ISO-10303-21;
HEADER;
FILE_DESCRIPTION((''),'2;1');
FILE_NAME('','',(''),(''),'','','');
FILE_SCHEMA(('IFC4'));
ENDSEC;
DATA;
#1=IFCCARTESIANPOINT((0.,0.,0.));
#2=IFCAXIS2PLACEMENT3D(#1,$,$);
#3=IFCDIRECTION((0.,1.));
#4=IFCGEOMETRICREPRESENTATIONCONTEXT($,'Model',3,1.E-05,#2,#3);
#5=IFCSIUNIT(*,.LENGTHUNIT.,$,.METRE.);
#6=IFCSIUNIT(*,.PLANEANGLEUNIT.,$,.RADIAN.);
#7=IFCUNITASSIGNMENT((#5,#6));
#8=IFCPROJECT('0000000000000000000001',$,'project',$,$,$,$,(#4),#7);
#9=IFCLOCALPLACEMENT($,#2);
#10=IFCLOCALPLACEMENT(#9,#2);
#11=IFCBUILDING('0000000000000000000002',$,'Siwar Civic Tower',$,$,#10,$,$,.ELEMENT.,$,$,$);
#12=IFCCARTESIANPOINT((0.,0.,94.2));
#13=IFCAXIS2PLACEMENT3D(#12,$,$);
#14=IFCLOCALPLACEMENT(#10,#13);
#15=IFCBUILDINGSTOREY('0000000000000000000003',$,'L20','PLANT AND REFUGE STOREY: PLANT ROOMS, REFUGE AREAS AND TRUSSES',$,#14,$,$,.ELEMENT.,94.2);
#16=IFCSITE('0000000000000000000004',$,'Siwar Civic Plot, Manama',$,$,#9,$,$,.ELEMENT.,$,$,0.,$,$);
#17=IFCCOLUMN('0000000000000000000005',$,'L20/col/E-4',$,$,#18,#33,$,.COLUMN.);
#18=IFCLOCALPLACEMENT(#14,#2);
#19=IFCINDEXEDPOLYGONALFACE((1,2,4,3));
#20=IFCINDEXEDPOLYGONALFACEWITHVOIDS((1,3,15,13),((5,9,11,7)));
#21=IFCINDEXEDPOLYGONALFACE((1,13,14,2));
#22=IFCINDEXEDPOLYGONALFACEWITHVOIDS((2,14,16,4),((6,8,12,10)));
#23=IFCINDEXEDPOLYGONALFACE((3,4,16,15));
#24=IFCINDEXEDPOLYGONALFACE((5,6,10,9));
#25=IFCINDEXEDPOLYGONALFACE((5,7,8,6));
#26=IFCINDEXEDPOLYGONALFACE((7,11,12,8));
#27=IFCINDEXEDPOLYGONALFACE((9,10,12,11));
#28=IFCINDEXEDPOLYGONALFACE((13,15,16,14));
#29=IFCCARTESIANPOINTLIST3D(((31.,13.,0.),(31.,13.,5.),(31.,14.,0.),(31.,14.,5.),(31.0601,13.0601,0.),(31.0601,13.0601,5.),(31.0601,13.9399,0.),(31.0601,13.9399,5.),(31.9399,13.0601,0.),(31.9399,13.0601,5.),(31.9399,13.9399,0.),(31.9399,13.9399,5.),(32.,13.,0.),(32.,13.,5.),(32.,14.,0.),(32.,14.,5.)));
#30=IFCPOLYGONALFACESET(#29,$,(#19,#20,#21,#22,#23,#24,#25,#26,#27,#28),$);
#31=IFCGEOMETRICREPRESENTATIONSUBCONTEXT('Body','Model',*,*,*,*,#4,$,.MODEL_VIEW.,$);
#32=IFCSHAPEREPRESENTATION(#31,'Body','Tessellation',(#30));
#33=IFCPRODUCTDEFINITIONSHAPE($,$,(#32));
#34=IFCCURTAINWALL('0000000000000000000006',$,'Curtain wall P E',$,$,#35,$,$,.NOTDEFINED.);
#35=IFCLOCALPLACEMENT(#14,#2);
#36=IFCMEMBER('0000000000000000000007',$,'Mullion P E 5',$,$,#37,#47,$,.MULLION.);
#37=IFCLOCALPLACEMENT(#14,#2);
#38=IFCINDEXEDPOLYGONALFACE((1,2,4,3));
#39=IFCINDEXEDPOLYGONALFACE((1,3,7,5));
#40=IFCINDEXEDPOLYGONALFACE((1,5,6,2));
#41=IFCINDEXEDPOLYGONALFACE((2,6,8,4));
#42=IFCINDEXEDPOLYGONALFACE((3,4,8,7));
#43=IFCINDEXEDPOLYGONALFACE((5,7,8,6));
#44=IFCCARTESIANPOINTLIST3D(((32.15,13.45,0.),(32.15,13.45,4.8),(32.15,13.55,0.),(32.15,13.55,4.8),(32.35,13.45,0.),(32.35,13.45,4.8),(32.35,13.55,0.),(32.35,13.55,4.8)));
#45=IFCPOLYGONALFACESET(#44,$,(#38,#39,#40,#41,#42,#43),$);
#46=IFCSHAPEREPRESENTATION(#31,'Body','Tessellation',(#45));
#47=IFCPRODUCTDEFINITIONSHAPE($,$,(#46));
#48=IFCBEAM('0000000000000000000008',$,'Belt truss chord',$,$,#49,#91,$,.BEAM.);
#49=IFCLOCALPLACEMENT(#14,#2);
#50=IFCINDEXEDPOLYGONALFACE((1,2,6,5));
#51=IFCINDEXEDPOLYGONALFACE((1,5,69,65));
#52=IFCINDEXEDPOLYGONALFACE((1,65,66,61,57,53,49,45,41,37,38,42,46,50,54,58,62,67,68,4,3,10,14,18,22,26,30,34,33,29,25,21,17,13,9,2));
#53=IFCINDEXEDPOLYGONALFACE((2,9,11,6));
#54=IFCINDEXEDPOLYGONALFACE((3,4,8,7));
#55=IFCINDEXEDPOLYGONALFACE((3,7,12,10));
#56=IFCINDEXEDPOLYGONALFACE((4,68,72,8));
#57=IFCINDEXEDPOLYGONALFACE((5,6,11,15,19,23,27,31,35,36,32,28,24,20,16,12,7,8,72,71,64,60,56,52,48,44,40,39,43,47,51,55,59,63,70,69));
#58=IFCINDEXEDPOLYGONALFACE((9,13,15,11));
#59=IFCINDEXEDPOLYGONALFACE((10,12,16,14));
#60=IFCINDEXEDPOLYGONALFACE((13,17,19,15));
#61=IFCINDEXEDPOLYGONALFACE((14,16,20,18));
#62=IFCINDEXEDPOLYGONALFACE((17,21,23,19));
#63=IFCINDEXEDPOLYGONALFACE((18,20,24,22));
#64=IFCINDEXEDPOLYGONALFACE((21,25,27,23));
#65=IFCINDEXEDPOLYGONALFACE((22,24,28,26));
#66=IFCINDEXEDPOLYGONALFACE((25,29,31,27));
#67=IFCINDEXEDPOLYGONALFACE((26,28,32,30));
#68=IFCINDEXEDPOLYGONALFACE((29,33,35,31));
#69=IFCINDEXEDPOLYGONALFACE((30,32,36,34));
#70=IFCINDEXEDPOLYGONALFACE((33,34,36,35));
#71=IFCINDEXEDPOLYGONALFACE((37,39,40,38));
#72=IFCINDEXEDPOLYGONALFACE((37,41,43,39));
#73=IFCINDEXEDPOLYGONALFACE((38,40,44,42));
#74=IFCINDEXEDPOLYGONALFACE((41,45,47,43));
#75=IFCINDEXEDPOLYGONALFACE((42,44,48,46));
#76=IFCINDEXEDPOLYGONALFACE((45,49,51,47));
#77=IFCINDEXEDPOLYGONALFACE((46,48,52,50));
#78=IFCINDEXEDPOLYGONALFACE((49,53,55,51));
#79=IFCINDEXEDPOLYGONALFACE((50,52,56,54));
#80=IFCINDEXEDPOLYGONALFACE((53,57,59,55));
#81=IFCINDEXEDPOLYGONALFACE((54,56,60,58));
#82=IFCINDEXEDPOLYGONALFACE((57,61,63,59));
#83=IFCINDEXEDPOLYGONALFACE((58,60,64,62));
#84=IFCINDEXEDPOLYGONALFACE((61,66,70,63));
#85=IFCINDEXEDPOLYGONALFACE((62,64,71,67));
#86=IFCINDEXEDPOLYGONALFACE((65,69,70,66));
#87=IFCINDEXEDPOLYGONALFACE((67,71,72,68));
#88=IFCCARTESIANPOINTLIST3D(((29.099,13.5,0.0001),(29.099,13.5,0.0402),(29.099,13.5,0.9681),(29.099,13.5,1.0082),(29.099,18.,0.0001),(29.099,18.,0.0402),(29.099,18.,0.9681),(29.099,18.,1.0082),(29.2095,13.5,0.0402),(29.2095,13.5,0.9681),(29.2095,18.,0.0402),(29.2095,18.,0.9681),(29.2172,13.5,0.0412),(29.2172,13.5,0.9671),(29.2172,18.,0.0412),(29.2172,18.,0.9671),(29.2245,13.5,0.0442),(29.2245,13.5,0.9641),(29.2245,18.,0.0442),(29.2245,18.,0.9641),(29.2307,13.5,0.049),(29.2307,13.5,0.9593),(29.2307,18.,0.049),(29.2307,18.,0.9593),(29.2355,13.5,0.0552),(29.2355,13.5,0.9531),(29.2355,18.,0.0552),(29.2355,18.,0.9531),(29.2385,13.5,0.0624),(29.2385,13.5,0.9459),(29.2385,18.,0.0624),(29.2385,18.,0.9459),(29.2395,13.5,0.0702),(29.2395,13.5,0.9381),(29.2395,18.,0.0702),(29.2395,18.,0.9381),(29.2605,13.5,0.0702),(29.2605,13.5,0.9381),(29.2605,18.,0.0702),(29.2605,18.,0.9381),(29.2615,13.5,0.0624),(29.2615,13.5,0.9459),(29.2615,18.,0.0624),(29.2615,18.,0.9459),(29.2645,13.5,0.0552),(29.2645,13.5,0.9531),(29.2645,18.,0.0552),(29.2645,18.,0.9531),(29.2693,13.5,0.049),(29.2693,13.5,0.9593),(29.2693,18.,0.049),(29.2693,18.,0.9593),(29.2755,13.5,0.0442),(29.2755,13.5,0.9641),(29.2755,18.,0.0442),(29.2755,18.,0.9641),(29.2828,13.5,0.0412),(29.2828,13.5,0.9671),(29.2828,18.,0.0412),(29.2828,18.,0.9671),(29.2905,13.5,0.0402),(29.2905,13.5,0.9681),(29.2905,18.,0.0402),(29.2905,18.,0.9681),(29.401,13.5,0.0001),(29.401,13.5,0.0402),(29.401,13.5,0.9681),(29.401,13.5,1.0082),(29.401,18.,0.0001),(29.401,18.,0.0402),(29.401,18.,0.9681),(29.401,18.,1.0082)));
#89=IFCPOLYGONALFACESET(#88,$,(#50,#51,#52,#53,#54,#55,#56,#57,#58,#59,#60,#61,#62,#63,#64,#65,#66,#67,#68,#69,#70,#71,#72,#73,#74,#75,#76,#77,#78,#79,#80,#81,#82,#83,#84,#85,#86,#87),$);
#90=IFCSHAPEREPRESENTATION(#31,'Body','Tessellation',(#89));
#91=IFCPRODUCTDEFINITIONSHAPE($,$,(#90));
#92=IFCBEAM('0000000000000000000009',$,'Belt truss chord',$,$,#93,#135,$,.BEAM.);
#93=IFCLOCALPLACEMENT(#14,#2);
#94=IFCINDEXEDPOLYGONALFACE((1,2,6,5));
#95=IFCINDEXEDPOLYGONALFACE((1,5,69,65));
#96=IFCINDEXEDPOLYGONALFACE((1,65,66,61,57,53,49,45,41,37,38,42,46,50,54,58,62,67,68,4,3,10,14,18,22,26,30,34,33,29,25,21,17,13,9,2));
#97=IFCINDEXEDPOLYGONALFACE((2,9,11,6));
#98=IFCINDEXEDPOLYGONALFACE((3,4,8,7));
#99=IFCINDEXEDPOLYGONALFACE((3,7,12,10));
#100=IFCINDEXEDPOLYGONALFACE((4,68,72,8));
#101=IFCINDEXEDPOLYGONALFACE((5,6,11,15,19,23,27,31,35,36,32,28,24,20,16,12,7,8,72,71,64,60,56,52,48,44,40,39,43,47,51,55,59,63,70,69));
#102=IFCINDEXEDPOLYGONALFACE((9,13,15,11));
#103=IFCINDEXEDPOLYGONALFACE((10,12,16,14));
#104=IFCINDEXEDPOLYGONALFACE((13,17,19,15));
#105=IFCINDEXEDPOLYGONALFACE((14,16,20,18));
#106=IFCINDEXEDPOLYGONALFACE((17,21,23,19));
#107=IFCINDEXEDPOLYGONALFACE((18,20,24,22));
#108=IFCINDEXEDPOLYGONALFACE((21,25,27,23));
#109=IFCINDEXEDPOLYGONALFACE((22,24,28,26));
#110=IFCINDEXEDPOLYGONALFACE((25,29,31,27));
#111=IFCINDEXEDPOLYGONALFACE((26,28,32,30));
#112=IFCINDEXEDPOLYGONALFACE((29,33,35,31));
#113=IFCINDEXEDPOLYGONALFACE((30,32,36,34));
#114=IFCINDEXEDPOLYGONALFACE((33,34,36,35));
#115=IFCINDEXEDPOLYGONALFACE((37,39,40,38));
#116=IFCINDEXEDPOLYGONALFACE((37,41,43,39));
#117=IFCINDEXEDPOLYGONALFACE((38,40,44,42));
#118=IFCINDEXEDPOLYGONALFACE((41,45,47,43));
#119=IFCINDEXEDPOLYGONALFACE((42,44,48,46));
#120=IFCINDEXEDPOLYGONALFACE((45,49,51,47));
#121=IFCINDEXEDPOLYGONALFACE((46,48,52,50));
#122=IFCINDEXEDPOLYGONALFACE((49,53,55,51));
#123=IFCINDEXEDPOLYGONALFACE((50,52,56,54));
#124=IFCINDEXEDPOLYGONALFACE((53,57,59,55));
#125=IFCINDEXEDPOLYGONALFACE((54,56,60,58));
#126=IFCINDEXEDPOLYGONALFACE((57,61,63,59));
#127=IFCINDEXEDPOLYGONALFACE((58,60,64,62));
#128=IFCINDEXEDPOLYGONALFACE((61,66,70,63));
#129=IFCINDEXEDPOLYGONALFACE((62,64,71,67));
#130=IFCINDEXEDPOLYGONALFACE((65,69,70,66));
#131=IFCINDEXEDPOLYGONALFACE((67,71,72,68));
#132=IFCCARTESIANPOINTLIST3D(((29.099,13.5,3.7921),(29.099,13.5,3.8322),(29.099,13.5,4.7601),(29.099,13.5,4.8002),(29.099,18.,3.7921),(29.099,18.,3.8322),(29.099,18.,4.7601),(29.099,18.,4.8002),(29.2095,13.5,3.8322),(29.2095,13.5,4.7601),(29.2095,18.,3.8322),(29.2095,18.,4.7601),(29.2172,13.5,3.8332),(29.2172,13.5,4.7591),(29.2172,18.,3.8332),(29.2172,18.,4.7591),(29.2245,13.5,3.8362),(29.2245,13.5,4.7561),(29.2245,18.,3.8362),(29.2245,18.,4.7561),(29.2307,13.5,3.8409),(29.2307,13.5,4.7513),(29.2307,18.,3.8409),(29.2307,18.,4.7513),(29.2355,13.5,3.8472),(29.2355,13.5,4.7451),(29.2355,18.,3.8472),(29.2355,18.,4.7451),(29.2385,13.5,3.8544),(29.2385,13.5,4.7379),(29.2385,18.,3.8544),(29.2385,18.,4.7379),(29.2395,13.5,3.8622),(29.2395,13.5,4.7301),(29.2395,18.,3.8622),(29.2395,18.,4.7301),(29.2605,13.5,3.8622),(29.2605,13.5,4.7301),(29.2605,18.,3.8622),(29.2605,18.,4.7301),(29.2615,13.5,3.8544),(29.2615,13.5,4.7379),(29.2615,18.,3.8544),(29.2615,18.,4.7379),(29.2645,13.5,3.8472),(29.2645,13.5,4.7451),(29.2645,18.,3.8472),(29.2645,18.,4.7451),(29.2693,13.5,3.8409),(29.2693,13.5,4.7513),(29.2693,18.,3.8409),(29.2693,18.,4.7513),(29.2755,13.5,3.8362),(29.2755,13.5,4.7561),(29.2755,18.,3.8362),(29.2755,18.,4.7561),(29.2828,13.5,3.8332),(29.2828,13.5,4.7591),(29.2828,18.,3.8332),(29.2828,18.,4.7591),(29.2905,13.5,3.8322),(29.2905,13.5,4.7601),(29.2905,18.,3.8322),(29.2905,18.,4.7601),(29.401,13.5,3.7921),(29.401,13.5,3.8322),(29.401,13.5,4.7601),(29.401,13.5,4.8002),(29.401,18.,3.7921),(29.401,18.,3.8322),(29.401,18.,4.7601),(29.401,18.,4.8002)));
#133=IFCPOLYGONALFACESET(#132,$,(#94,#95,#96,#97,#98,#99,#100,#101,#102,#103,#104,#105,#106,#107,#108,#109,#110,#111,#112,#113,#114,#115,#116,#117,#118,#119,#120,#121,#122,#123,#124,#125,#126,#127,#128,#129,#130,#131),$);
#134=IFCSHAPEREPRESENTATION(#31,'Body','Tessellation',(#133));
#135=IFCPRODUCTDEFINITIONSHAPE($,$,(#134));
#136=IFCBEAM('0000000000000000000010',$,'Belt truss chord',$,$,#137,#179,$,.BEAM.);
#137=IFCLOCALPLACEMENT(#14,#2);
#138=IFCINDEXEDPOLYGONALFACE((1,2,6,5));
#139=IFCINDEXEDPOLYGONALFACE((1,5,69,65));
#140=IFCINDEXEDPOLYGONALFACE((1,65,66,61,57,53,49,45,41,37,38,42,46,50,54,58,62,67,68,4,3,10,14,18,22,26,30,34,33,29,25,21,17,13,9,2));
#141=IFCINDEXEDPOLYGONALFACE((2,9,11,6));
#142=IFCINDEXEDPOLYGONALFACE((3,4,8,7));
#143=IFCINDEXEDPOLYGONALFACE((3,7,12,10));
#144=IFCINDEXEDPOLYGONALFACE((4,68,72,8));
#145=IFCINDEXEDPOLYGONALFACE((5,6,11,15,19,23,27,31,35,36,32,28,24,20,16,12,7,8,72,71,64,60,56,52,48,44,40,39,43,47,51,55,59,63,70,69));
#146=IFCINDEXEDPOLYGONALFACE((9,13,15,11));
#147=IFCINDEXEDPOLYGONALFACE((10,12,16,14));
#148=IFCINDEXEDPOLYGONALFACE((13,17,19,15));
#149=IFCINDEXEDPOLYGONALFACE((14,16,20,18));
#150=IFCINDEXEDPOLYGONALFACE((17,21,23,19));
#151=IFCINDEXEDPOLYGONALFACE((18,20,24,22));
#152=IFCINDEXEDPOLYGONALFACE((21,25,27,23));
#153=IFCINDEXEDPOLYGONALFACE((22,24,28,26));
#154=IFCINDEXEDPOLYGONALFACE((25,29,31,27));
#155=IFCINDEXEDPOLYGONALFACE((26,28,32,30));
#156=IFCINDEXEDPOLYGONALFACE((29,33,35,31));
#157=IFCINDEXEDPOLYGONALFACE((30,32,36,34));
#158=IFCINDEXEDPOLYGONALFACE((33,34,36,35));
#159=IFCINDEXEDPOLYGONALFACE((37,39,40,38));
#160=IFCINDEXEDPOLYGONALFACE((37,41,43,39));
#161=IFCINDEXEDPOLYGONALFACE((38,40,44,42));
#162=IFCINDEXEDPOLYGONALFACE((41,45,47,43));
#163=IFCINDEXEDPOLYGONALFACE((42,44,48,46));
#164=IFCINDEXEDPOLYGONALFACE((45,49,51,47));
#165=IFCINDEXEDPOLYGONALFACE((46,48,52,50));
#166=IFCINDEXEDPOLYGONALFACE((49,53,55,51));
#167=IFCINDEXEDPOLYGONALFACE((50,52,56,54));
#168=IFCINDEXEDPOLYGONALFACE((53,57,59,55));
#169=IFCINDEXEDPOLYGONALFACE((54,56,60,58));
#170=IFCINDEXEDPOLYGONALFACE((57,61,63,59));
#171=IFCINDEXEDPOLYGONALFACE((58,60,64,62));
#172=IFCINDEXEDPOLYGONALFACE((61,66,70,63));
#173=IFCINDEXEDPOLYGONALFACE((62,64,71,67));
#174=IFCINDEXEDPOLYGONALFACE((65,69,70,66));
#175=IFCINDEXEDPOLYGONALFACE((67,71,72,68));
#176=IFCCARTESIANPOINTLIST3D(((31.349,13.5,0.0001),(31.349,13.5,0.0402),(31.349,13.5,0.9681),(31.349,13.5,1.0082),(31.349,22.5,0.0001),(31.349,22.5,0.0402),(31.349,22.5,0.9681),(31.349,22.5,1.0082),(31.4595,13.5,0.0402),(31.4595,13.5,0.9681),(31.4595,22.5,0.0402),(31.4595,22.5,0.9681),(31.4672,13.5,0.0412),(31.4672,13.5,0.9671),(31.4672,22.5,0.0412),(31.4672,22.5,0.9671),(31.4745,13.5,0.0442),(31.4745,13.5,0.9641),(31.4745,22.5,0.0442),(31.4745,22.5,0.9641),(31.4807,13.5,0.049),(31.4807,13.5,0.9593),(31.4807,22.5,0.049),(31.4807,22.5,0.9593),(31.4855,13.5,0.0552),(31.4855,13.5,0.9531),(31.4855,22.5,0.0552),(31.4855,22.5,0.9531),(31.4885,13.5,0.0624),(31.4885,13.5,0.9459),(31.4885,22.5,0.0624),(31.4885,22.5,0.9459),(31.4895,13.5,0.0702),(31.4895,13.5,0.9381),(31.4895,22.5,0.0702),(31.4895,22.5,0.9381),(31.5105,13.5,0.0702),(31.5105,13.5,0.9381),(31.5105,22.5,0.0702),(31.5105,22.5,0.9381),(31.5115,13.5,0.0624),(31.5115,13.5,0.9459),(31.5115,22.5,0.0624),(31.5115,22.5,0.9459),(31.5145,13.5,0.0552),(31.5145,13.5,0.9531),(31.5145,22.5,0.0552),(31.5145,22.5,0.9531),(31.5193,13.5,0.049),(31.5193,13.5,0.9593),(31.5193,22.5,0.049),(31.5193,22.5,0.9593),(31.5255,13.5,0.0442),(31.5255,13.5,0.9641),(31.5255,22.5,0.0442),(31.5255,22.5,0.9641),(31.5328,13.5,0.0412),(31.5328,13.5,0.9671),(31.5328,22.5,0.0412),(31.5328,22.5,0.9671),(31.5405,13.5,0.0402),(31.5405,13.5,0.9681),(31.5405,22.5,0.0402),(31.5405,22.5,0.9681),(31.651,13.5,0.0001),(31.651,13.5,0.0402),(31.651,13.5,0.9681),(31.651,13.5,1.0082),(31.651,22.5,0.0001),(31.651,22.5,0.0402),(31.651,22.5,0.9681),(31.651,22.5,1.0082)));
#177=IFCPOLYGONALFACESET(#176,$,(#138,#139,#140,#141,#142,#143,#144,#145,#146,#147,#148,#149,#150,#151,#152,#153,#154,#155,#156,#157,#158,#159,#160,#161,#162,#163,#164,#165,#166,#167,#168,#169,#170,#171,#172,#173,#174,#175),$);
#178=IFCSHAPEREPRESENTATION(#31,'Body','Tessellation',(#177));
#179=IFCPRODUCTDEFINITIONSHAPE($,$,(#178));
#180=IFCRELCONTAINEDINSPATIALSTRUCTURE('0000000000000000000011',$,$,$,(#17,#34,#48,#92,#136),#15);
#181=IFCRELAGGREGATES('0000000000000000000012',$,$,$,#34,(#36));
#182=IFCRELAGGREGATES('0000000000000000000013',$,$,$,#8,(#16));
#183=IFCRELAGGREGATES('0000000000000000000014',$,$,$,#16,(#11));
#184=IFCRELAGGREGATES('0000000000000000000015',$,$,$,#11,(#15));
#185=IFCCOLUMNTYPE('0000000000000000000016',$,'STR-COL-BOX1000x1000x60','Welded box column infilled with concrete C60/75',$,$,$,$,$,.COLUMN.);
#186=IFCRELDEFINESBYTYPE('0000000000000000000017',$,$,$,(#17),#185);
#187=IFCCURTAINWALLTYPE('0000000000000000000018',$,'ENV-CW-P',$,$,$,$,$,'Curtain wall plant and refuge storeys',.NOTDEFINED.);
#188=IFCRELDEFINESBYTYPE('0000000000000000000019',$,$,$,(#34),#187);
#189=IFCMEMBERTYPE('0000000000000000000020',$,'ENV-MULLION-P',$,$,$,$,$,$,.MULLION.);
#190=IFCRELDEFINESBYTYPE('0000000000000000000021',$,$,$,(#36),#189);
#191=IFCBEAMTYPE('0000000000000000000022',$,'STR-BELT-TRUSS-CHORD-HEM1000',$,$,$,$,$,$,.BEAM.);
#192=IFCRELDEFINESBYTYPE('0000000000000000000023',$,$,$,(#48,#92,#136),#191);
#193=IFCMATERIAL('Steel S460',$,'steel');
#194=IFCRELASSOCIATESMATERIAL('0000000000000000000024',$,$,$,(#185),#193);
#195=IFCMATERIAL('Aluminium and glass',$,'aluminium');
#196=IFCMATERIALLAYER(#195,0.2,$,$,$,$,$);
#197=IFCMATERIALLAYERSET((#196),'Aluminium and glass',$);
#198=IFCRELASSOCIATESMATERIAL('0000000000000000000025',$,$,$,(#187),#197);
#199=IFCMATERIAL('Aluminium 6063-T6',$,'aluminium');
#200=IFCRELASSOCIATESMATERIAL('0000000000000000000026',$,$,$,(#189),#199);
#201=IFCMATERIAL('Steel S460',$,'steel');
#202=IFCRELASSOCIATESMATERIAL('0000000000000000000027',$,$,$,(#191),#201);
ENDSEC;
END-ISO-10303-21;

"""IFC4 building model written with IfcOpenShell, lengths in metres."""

from ifc_helpers import new_model, si_unit, direction, frame, origin, origin_2d, place, context, subcontext, project, spatial, rectangle, hollow_rectangle, i_section, extrude, material, layer, layer_set, material_profile, profile_set, type_object, element, aggregate, save


model = new_model("IFC4")

# Units and contexts
model_context = context("Model", 3, precision=1e-05, world=origin(), true_north=direction((0.0, 1.0)))
body_context = subcontext(model_context, "Body", "Model", "MODEL_VIEW")
ifc_project = project(units=[si_unit("LENGTHUNIT", "METRE"), si_unit("PLANEANGLEUNIT", "RADIAN")], contexts=[model_context])

# Site, building, storey
site_placement = place(None, origin())
site = spatial("IfcSite", under=ifc_project, at=site_placement, Name="Siwar Civic Plot, Manama", CompositionType="ELEMENT", RefElevation=0.0)
building_placement = place(site_placement, origin())
building = spatial("IfcBuilding", under=site, at=building_placement, Name="Siwar Civic Tower", CompositionType="ELEMENT")
storey_placement = place(building_placement, frame((0.0, 0.0, 94.2)))
storey = spatial("IfcBuildingStorey", under=building, at=storey_placement, Name="L20", Description="PLANT AND REFUGE STOREY: PLANT ROOMS, REFUGE AREAS AND TRUSSES", CompositionType="ELEMENT", Elevation=94.2)

# Column
ifc_material_1 = material(Name="Steel S460", Category="steel")
ifc_material_profile_1 = material_profile(ifc_material_1, hollow_rectangle(XDim=1.0, YDim=1.0, WallThickness=0.0601, at=origin_2d()), Name="BOX1000x1000x60")
ifc_profile_set_1 = profile_set([ifc_material_profile_1], Name="Steel S460")
column_type = type_object("IfcColumnType", Name="STR-COL-BOX1000x1000x60", Description="Welded box column infilled with concrete C60/75", PredefinedType="COLUMN", material=ifc_profile_set_1)
column_placement = place(storey_placement, frame((31.5, 13.5, 0.0), z_axis=(0.0, 0.0, 1.0), x_axis=(1.0, 0.0, 0.0)))
element("IfcColumn", 1, at=column_placement, inside=storey, type_object=column_type, Name="L20/col/E-4", PredefinedType="COLUMN", context=body_context, shape_type="SweptSolid", body=[
    extrude(hollow_rectangle(XDim=1.0, YDim=1.0, WallThickness=0.0601, at=origin_2d()), origin(), (0.0, 0.0, 1.0), 5.0),
])

# Curtain wall, member
ifc_material_2 = material(Name="Aluminium and glass", Category="aluminium")
ifc_layer_1 = layer(ifc_material_2, 0.2)
ifc_layer_set_1 = layer_set([ifc_layer_1], Name="Aluminium and glass")
curtain_wall_type = type_object("IfcCurtainWallType", Name="ENV-CW-P", ElementType="Curtain wall plant and refuge storeys", PredefinedType="NOTDEFINED", material=ifc_layer_set_1)
curtain_wall_placement = place(storey_placement, origin())
curtain_wall = element("IfcCurtainWall", 2, at=curtain_wall_placement, inside=storey, type_object=curtain_wall_type, Name="Curtain wall P E", PredefinedType="NOTDEFINED")
ifc_material_3 = material(Name="Aluminium 6063-T6", Category="aluminium")
ifc_material_profile_2 = material_profile(ifc_material_3, rectangle(XDim=0.2, YDim=0.1001, at=origin_2d()), Name="AL 200x100")
ifc_profile_set_2 = profile_set([ifc_material_profile_2], Name="Aluminium 6063-T6")
member_type_1 = type_object("IfcMemberType", Name="ENV-MULLION-P", PredefinedType="MULLION", material=ifc_profile_set_2)
member_1_placement = place(storey_placement, frame((32.25, 13.5, 0.0), z_axis=(0.0, 0.0, 1.0), x_axis=(-1.0, 0.0, 0.0)))
member_1 = element("IfcMember", 3, at=member_1_placement, type_object=member_type_1, Name="Mullion P E 5", PredefinedType="MULLION", context=body_context, shape_type="SweptSolid", body=[
    extrude(rectangle(XDim=0.2, YDim=0.1001, at=origin_2d()), origin(), (0.0, 0.0, 1.0), 4.8),
])

# Beams
ifc_material_4 = material(Name="Steel S460", Category="steel")
ifc_material_profile_3 = material_profile(ifc_material_4, i_section(OverallWidth=0.302, OverallDepth=1.0081, WebThickness=0.021, FlangeThickness=0.04, FilletRadius=0.03, at=origin_2d()), Name="HEM1000")
ifc_profile_set_3 = profile_set([ifc_material_profile_3], Name="Steel S460")
beam_type_1 = type_object("IfcBeamType", Name="STR-BELT-TRUSS-CHORD-HEM1000", PredefinedType="BEAM", material=ifc_profile_set_3)
for number, where, z_axis, x_axis, name in (
    (4, (29.25, 13.5, 0.5042), (0.0, 1.0, 0.0), (-1.0, 0.0, 0.0), "Belt truss chord"),
    (5, (29.25, 13.5, 4.2961), (0.0, 1.0, 0.0), (-1.0, 0.0, 0.0), "Belt truss chord"),
):
    element("IfcBeam", number, at=place(storey_placement, frame(where, z_axis=z_axis, x_axis=x_axis)), inside=storey, type_object=beam_type_1, Name=name, PredefinedType="BEAM", context=body_context, shape_type="SweptSolid", body=[
        extrude(i_section(OverallWidth=0.302, OverallDepth=1.0081, WebThickness=0.021, FlangeThickness=0.04, FilletRadius=0.03, at=origin_2d()), origin(), (0.0, 0.0, 1.0), 4.5),
    ])
for number, where, z_axis, x_axis, name in (
    (6, (31.5, 13.5, 0.5042), (0.0, 1.0, 0.0), (-1.0, 0.0, 0.0), "Belt truss chord"),
):
    element("IfcBeam", number, at=place(storey_placement, frame(where, z_axis=z_axis, x_axis=x_axis)), inside=storey, type_object=beam_type_1, Name=name, PredefinedType="BEAM", context=body_context, shape_type="SweptSolid", body=[
        extrude(i_section(OverallWidth=0.302, OverallDepth=1.0081, WebThickness=0.021, FlangeThickness=0.04, FilletRadius=0.03, at=origin_2d()), origin(), (0.0, 0.0, 1.0), 9.0),
    ])

aggregate(curtain_wall, [member_1])

save(model, "model.ifc")
